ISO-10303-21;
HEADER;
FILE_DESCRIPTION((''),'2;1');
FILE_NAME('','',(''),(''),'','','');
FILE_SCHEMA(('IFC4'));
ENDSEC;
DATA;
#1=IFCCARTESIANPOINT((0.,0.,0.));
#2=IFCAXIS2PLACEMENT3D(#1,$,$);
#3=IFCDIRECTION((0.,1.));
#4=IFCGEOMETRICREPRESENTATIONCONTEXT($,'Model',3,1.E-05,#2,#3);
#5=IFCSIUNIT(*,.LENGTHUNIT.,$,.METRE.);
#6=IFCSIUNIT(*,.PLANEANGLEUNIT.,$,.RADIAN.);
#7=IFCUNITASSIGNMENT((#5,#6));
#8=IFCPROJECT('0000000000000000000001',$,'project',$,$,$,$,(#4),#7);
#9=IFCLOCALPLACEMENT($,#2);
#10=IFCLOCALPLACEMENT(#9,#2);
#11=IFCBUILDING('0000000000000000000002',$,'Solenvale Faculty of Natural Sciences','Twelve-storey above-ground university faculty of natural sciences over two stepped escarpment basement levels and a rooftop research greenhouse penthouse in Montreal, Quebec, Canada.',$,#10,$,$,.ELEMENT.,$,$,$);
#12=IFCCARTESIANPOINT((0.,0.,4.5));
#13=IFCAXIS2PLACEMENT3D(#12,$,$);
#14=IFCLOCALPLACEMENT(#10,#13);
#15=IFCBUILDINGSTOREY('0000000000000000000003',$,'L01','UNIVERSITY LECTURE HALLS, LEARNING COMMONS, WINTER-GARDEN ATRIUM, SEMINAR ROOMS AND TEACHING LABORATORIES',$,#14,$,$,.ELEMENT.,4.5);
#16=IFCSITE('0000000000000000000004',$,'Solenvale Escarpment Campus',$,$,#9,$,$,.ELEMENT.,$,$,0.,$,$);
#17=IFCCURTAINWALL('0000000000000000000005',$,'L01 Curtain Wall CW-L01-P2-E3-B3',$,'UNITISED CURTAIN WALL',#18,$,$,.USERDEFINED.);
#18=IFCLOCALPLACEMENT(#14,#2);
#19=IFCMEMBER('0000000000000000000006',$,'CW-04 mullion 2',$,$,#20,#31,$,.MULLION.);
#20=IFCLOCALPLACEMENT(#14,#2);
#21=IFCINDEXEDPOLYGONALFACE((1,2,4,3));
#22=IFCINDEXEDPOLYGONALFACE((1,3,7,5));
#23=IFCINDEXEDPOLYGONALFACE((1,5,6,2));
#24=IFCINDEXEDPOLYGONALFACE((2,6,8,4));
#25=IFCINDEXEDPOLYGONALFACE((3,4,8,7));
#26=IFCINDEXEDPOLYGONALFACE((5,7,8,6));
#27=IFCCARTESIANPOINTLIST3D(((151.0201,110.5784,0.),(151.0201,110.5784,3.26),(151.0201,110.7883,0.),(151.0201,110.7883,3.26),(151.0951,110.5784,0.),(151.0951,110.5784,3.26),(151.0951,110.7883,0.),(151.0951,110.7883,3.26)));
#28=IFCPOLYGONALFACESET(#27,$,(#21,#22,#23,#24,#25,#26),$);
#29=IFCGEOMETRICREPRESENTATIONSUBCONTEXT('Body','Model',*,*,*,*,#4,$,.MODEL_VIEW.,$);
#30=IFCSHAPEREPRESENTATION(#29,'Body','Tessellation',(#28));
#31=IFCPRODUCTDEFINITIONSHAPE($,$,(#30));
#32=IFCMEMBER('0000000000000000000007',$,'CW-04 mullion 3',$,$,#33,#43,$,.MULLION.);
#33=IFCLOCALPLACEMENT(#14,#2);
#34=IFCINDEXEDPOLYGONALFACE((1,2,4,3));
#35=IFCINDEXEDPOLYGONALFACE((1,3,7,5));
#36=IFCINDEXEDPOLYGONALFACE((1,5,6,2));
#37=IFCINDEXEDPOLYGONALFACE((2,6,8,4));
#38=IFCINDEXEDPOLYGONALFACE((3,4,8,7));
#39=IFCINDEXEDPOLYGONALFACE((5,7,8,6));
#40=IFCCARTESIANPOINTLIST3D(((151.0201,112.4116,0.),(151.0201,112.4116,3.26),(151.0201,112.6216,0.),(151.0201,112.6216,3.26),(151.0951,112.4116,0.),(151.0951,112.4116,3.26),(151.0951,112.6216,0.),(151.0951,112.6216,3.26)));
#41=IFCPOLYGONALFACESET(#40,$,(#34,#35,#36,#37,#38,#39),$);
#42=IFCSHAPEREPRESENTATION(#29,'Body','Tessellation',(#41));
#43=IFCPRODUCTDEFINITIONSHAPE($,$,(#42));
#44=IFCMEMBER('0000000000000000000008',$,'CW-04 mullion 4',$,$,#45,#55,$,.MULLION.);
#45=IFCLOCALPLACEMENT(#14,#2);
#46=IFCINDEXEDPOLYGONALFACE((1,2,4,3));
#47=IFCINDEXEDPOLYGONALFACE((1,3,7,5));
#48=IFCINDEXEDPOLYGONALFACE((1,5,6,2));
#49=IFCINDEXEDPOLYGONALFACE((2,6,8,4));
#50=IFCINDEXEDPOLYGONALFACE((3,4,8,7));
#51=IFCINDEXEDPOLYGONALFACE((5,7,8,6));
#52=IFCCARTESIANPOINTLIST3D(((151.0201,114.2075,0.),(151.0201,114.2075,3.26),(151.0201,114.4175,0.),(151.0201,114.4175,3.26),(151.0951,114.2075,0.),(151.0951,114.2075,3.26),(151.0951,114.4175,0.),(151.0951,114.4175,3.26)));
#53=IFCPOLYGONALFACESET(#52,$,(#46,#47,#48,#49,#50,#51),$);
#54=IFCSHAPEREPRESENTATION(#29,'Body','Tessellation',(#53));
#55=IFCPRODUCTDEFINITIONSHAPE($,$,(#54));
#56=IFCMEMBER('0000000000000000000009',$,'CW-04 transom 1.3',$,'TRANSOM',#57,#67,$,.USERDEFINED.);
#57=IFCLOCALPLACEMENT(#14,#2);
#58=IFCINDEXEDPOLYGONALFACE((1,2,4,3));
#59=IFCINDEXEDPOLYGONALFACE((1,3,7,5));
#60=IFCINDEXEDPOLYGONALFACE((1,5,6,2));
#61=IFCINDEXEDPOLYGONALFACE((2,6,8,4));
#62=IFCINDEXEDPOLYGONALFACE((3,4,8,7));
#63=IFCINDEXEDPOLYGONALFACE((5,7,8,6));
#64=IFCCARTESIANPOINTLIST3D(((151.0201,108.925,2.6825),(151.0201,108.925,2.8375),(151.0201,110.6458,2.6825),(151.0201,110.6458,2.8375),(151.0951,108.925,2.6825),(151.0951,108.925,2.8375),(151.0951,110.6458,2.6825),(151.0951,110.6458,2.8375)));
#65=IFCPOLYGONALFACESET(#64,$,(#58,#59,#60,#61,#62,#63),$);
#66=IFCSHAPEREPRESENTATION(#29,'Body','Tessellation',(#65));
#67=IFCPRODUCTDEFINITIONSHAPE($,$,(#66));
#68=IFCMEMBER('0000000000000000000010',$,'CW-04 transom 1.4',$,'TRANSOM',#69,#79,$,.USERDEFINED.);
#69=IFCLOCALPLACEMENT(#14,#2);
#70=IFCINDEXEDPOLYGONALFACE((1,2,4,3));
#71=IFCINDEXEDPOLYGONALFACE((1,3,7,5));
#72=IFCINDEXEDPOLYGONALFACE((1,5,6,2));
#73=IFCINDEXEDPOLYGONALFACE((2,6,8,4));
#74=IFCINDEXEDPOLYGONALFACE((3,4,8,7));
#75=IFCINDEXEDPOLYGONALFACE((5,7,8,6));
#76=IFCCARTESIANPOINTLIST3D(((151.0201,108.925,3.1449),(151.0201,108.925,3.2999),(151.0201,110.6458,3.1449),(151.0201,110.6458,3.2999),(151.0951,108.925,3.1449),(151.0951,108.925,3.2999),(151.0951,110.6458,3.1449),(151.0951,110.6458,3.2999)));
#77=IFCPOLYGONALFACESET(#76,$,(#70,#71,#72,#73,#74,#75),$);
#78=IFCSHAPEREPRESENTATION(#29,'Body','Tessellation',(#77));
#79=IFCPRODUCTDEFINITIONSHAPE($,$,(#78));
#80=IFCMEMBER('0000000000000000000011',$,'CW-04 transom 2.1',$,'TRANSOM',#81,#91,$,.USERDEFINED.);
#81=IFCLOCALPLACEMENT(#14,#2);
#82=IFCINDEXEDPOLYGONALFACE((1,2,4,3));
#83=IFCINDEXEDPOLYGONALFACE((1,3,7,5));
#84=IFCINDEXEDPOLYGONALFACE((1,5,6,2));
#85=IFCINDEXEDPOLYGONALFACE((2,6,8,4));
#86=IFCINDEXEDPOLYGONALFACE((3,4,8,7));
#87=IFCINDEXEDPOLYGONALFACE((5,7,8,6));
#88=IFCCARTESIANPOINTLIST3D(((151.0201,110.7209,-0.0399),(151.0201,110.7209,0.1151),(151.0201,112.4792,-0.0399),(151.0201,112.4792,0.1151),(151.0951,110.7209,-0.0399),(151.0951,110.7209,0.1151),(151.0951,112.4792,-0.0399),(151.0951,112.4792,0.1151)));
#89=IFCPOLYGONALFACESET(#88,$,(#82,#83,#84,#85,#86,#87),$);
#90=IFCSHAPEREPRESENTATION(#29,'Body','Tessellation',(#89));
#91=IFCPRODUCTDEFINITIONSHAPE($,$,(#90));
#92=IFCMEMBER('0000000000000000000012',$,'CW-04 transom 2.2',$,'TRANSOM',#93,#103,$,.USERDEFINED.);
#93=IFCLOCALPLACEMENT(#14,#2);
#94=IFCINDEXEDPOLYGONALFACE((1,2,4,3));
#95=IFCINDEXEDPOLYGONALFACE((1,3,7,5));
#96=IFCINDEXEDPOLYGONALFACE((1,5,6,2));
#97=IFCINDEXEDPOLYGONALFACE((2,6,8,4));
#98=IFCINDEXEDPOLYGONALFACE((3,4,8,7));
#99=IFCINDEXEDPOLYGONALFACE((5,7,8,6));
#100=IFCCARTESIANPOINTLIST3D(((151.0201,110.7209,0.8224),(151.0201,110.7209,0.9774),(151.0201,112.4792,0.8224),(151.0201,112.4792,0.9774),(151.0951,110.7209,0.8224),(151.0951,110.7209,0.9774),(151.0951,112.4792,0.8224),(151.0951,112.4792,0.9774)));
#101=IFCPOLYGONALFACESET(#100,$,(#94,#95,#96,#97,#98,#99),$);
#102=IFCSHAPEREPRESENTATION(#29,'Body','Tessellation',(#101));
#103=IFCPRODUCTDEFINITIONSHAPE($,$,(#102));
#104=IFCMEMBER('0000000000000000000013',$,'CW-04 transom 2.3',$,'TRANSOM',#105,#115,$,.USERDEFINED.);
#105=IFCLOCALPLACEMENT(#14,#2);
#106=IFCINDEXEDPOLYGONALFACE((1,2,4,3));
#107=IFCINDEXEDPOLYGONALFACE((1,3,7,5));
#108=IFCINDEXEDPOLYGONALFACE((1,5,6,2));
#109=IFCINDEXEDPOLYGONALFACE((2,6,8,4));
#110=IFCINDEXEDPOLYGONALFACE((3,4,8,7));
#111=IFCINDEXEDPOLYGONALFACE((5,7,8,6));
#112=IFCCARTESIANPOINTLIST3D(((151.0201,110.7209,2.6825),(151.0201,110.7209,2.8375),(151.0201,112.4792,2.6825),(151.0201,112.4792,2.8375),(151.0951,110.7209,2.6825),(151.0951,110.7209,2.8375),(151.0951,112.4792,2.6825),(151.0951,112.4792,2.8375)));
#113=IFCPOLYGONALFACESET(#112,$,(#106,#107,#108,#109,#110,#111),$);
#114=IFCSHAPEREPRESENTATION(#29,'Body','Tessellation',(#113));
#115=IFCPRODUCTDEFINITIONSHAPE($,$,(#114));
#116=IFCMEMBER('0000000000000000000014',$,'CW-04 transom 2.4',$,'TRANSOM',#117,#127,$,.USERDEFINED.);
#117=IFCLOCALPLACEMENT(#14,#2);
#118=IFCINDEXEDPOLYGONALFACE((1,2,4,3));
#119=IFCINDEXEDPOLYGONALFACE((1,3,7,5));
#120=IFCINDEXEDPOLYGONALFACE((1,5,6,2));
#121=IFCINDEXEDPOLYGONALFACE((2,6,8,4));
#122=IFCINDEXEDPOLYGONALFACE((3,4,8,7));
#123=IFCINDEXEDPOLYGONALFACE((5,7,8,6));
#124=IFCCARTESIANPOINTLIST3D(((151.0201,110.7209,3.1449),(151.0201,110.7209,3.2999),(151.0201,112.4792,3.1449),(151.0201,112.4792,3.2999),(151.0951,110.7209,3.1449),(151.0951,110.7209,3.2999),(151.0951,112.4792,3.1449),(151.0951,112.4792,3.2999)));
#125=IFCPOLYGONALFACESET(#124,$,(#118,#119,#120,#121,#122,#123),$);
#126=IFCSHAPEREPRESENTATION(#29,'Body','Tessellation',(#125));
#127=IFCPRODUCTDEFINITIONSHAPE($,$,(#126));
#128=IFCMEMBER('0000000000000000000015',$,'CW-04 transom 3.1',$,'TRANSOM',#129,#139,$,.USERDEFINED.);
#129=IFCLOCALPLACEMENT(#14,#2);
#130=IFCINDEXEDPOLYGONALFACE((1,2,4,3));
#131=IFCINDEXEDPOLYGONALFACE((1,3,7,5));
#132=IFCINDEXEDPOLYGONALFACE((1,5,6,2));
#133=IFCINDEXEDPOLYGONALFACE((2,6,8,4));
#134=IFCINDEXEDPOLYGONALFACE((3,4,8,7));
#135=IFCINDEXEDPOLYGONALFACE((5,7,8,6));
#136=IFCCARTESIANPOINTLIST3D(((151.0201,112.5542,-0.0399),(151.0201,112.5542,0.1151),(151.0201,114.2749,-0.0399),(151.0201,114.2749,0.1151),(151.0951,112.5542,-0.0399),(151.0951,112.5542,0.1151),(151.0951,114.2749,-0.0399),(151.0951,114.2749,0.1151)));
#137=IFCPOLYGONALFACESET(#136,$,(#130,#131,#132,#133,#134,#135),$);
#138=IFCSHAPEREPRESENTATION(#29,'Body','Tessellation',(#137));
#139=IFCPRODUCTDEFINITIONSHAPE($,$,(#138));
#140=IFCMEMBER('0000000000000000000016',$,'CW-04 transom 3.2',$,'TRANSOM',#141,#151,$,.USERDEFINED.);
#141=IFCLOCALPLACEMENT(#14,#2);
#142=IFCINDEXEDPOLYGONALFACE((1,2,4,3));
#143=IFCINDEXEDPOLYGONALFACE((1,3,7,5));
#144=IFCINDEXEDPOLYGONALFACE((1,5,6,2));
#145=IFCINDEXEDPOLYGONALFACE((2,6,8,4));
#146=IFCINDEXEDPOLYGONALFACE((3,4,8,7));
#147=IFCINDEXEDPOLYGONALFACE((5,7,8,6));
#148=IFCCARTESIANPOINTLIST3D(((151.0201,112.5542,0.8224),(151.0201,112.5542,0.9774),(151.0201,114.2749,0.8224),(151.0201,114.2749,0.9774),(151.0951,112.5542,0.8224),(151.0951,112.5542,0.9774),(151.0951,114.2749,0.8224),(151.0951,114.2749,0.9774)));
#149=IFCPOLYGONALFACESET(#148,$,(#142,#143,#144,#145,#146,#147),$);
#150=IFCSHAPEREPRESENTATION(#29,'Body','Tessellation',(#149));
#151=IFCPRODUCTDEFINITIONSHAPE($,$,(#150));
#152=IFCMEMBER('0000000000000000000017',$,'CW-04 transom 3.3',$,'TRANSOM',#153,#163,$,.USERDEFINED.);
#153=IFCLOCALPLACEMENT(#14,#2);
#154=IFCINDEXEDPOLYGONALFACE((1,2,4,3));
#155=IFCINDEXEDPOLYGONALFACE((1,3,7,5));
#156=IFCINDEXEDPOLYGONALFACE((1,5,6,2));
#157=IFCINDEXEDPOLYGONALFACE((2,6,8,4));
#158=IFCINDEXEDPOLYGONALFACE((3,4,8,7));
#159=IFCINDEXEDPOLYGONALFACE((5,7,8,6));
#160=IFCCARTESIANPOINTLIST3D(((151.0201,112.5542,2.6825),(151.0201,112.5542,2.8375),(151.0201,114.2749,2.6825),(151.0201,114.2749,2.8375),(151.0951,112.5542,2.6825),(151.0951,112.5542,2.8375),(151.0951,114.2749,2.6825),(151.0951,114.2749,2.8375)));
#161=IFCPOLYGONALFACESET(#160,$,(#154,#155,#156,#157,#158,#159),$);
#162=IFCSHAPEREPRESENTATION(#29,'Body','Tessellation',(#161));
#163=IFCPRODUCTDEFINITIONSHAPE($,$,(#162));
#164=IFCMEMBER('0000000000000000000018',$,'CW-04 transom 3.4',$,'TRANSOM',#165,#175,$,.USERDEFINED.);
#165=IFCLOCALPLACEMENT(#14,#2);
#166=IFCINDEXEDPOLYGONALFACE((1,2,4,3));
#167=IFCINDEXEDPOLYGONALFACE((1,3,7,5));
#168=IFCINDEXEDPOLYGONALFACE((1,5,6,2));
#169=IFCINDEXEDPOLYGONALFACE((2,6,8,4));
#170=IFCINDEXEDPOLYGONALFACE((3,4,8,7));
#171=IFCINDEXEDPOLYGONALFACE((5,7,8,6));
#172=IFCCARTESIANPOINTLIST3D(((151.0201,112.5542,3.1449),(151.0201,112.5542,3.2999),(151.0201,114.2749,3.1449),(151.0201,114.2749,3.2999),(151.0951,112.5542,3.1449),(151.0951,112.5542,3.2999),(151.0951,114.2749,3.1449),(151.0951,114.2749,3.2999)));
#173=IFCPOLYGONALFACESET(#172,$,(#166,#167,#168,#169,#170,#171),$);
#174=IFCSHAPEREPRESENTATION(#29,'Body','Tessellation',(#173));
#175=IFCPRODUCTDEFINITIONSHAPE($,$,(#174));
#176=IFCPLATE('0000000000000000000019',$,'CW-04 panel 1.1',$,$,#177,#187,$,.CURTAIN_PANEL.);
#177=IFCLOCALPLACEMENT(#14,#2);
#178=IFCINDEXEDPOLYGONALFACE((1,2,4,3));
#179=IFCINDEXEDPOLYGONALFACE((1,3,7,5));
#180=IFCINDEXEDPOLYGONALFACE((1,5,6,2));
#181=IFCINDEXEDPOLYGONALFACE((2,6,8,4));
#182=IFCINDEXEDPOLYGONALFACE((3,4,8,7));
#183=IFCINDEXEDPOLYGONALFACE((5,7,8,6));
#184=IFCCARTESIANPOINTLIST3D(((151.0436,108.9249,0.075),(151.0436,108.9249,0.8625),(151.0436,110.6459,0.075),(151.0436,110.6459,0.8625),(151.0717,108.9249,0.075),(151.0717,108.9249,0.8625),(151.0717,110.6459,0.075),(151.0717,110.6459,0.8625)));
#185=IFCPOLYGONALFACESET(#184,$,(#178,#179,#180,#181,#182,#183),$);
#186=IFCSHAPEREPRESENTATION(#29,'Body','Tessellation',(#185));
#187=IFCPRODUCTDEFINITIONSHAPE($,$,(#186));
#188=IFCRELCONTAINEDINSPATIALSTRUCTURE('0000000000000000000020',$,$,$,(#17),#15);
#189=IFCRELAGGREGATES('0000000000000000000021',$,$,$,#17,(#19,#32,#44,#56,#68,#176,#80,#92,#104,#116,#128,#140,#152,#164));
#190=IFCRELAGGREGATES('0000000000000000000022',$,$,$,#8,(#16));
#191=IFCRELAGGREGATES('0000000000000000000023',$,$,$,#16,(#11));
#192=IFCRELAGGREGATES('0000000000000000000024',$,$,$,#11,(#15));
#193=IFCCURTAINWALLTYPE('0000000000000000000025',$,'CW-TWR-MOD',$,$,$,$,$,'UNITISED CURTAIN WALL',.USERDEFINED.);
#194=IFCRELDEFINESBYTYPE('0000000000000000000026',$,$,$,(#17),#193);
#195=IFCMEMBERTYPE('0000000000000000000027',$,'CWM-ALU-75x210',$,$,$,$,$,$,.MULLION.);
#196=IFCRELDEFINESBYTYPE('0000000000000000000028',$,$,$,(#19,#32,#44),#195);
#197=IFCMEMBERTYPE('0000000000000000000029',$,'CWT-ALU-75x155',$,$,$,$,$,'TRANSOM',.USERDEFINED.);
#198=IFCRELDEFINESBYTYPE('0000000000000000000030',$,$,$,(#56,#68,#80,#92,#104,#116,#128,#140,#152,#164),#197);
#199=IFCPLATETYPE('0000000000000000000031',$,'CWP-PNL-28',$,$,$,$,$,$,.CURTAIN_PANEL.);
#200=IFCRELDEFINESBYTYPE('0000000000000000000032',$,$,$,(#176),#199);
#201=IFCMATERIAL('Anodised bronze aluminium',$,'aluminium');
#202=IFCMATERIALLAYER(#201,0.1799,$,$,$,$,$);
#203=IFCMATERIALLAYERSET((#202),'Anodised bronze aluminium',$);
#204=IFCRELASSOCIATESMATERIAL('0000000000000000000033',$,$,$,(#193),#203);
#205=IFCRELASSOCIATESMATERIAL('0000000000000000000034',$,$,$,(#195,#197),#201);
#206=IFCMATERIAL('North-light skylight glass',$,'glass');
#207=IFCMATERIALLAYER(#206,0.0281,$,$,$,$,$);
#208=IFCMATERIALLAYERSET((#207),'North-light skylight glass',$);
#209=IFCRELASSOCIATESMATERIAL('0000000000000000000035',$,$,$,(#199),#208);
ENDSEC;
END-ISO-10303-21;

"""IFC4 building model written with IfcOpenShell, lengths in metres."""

from ifc_helpers import new_model, si_unit, direction, frame, origin, origin_2d, place, context, subcontext, project, spatial, rectangle, extrude, material, layer, layer_set, material_profile, profile_set, type_object, element, aggregate, save


model = new_model("IFC4")

# Units and contexts
model_context = context("Model", 3, precision=1e-05, world=origin(), true_north=direction((0.0, 1.0)))
body_context = subcontext(model_context, "Body", "Model", "MODEL_VIEW")
ifc_project = project(units=[si_unit("LENGTHUNIT", "METRE"), si_unit("PLANEANGLEUNIT", "RADIAN")], contexts=[model_context])

# Site, building, storey
site_placement = place(None, origin())
site = spatial("IfcSite", under=ifc_project, at=site_placement, Name="Solenvale Escarpment Campus", CompositionType="ELEMENT", RefElevation=0.0)
building_placement = place(site_placement, origin())
building = spatial("IfcBuilding", under=site, at=building_placement, Name="Solenvale Faculty of Natural Sciences", Description="Twelve-storey above-ground university faculty of natural sciences over two stepped escarpment basement levels and a rooftop research greenhouse penthouse in Montreal, Quebec, Canada.", CompositionType="ELEMENT")
storey_placement = place(building_placement, frame((0.0, 0.0, 4.5)))
storey = spatial("IfcBuildingStorey", under=building, at=storey_placement, Name="L01", Description="UNIVERSITY LECTURE HALLS, LEARNING COMMONS, WINTER-GARDEN ATRIUM, SEMINAR ROOMS AND TEACHING LABORATORIES", CompositionType="ELEMENT", Elevation=4.5)

# Curtain wall, members, plate
ifc_material_1 = material(Name="Anodised bronze aluminium", Category="aluminium")
ifc_layer_1 = layer(ifc_material_1, 0.1799)
ifc_layer_set_1 = layer_set([ifc_layer_1], Name="Anodised bronze aluminium")
curtain_wall_type = type_object("IfcCurtainWallType", Name="CW-TWR-MOD", ElementType="UNITISED CURTAIN WALL", PredefinedType="USERDEFINED", material=ifc_layer_set_1)
curtain_wall_1_placement = place(storey_placement, origin())
curtain_wall_1 = element("IfcCurtainWall", 1, at=curtain_wall_1_placement, inside=storey, type_object=curtain_wall_type, Name="L01 Curtain Wall CW-L01-P2-E3-B3", ObjectType="UNITISED CURTAIN WALL", PredefinedType="USERDEFINED")
ifc_material_profile_1 = material_profile(ifc_material_1, rectangle(XDim=0.075, YDim=0.21, at=origin_2d()), Name="ALU-MUL-75x210")
ifc_profile_set_1 = profile_set([ifc_material_profile_1], Name="Anodised bronze aluminium")
member_type_1 = type_object("IfcMemberType", Name="CWM-ALU-75x210", PredefinedType="MULLION", material=ifc_profile_set_1)
member_1_placement = place(storey_placement, frame((151.0576, 110.6833, 0.0), z_axis=(0.0, 0.0, 1.0), x_axis=(-1.0, 0.0, 0.0)))
member_1 = element("IfcMember", 2, at=member_1_placement, type_object=member_type_1, Name="CW-04 mullion 2", PredefinedType="MULLION", context=body_context, shape_type="SweptSolid", body=[
    extrude(rectangle(XDim=0.075, YDim=0.21, at=origin_2d()), origin(), (0.0, 0.0, 1.0), 3.26),
])
member_2_placement = place(storey_placement, frame((151.0576, 112.5166, 0.0), z_axis=(0.0, 0.0, 1.0), x_axis=(-1.0, 0.0, 0.0)))
member_2 = element("IfcMember", 3, at=member_2_placement, type_object=member_type_1, Name="CW-04 mullion 3", PredefinedType="MULLION", context=body_context, shape_type="SweptSolid", body=[
    extrude(rectangle(XDim=0.075, YDim=0.21, at=origin_2d()), origin(), (0.0, 0.0, 1.0), 3.26),
])
member_3_placement = place(storey_placement, frame((151.0576, 114.3125, 0.0), z_axis=(0.0, 0.0, 1.0), x_axis=(-1.0, 0.0, 0.0)))
member_3 = element("IfcMember", 4, at=member_3_placement, type_object=member_type_1, Name="CW-04 mullion 4", PredefinedType="MULLION", context=body_context, shape_type="SweptSolid", body=[
    extrude(rectangle(XDim=0.075, YDim=0.21, at=origin_2d()), origin(), (0.0, 0.0, 1.0), 3.26),
])
ifc_material_profile_2 = material_profile(ifc_material_1, rectangle(XDim=0.075, YDim=0.155, at=origin_2d()), Name="ALU-TRN-75x155")
ifc_profile_set_2 = profile_set([ifc_material_profile_2], Name="Anodised bronze aluminium")
member_type_2 = type_object("IfcMemberType", Name="CWT-ALU-75x155", ElementType="TRANSOM", PredefinedType="USERDEFINED", material=ifc_profile_set_2)
member_4_placement = place(storey_placement, frame((151.0576, 108.925, 2.76), z_axis=(0.0, 1.0, 0.0), x_axis=(-1.0, 0.0, 0.0)))
member_4 = element("IfcMember", 5, at=member_4_placement, type_object=member_type_2, Name="CW-04 transom 1.3", ObjectType="TRANSOM", PredefinedType="USERDEFINED", context=body_context, shape_type="SweptSolid", body=[
    extrude(rectangle(XDim=0.075, YDim=0.155, at=origin_2d()), origin(), (0.0, 0.0, 1.0), 1.7207),
])
member_5_placement = place(storey_placement, frame((151.0576, 108.925, 3.2224), z_axis=(0.0, 1.0, 0.0), x_axis=(-1.0, 0.0, 0.0)))
member_5 = element("IfcMember", 6, at=member_5_placement, type_object=member_type_2, Name="CW-04 transom 1.4", ObjectType="TRANSOM", PredefinedType="USERDEFINED", context=body_context, shape_type="SweptSolid", body=[
    extrude(rectangle(XDim=0.075, YDim=0.155, at=origin_2d()), origin(), (0.0, 0.0, 1.0), 1.7207),
])
member_6_placement = place(storey_placement, frame((151.0576, 110.7209, 0.0376), z_axis=(0.0, 1.0, 0.0), x_axis=(-1.0, 0.0, 0.0)))
member_6 = element("IfcMember", 7, at=member_6_placement, type_object=member_type_2, Name="CW-04 transom 2.1", ObjectType="TRANSOM", PredefinedType="USERDEFINED", context=body_context, shape_type="SweptSolid", body=[
    extrude(rectangle(XDim=0.075, YDim=0.155, at=origin_2d()), origin(), (0.0, 0.0, 1.0), 1.7583),
])
member_7_placement = place(storey_placement, frame((151.0576, 110.7209, 0.8999), z_axis=(0.0, 1.0, 0.0), x_axis=(-1.0, 0.0, 0.0)))
member_7 = element("IfcMember", 8, at=member_7_placement, type_object=member_type_2, Name="CW-04 transom 2.2", ObjectType="TRANSOM", PredefinedType="USERDEFINED", context=body_context, shape_type="SweptSolid", body=[
    extrude(rectangle(XDim=0.075, YDim=0.155, at=origin_2d()), origin(), (0.0, 0.0, 1.0), 1.7583),
])
member_8_placement = place(storey_placement, frame((151.0576, 110.7209, 2.76), z_axis=(0.0, 1.0, 0.0), x_axis=(-1.0, 0.0, 0.0)))
member_8 = element("IfcMember", 9, at=member_8_placement, type_object=member_type_2, Name="CW-04 transom 2.3", ObjectType="TRANSOM", PredefinedType="USERDEFINED", context=body_context, shape_type="SweptSolid", body=[
    extrude(rectangle(XDim=0.075, YDim=0.155, at=origin_2d()), origin(), (0.0, 0.0, 1.0), 1.7583),
])
member_9_placement = place(storey_placement, frame((151.0576, 110.7209, 3.2224), z_axis=(0.0, 1.0, 0.0), x_axis=(-1.0, 0.0, 0.0)))
member_9 = element("IfcMember", 10, at=member_9_placement, type_object=member_type_2, Name="CW-04 transom 2.4", ObjectType="TRANSOM", PredefinedType="USERDEFINED", context=body_context, shape_type="SweptSolid", body=[
    extrude(rectangle(XDim=0.075, YDim=0.155, at=origin_2d()), origin(), (0.0, 0.0, 1.0), 1.7583),
])
member_10_placement = place(storey_placement, frame((151.0576, 112.5542, 0.0376), z_axis=(0.0, 1.0, 0.0), x_axis=(-1.0, 0.0, 0.0)))
member_10 = element("IfcMember", 11, at=member_10_placement, type_object=member_type_2, Name="CW-04 transom 3.1", ObjectType="TRANSOM", PredefinedType="USERDEFINED", context=body_context, shape_type="SweptSolid", body=[
    extrude(rectangle(XDim=0.075, YDim=0.155, at=origin_2d()), origin(), (0.0, 0.0, 1.0), 1.7207),
])
member_11_placement = place(storey_placement, frame((151.0576, 112.5542, 0.8999), z_axis=(0.0, 1.0, 0.0), x_axis=(-1.0, 0.0, 0.0)))
member_11 = element("IfcMember", 12, at=member_11_placement, type_object=member_type_2, Name="CW-04 transom 3.2", ObjectType="TRANSOM", PredefinedType="USERDEFINED", context=body_context, shape_type="SweptSolid", body=[
    extrude(rectangle(XDim=0.075, YDim=0.155, at=origin_2d()), origin(), (0.0, 0.0, 1.0), 1.7207),
])
member_12_placement = place(storey_placement, frame((151.0576, 112.5542, 2.76), z_axis=(0.0, 1.0, 0.0), x_axis=(-1.0, 0.0, 0.0)))
member_12 = element("IfcMember", 13, at=member_12_placement, type_object=member_type_2, Name="CW-04 transom 3.3", ObjectType="TRANSOM", PredefinedType="USERDEFINED", context=body_context, shape_type="SweptSolid", body=[
    extrude(rectangle(XDim=0.075, YDim=0.155, at=origin_2d()), origin(), (0.0, 0.0, 1.0), 1.7207),
])
member_13_placement = place(storey_placement, frame((151.0576, 112.5542, 3.2224), z_axis=(0.0, 1.0, 0.0), x_axis=(-1.0, 0.0, 0.0)))
member_13 = element("IfcMember", 14, at=member_13_placement, type_object=member_type_2, Name="CW-04 transom 3.4", ObjectType="TRANSOM", PredefinedType="USERDEFINED", context=body_context, shape_type="SweptSolid", body=[
    extrude(rectangle(XDim=0.075, YDim=0.155, at=origin_2d()), origin(), (0.0, 0.0, 1.0), 1.7207),
])
ifc_material_2 = material(Name="North-light skylight glass", Category="glass")
ifc_layer_2 = layer(ifc_material_2, 0.0281)
ifc_layer_set_2 = layer_set([ifc_layer_2], Name="North-light skylight glass")
plate_type_1 = type_object("IfcPlateType", Name="CWP-PNL-28", PredefinedType="CURTAIN_PANEL", material=ifc_layer_set_2)
plate_1_placement = place(storey_placement, frame((151.0576, 109.7854, 0.075), z_axis=(0.0, 0.0, 1.0), x_axis=(0.0, 1.0, 0.0)))
plate_1 = element("IfcPlate", 15, at=plate_1_placement, type_object=plate_type_1, Name="CW-04 panel 1.1", PredefinedType="CURTAIN_PANEL", context=body_context, shape_type="SweptSolid", body=[
    extrude(rectangle(XDim=1.7209, YDim=0.0281, at=origin_2d()), origin(), (0.0, 0.0, 1.0), 0.7876),
])
aggregate(curtain_wall_1, [member_1, member_2, member_3, member_4, member_5, plate_1, member_6, member_7, member_8, member_9, member_10, member_11, member_12, member_13])

save(model, "model.ifc")
